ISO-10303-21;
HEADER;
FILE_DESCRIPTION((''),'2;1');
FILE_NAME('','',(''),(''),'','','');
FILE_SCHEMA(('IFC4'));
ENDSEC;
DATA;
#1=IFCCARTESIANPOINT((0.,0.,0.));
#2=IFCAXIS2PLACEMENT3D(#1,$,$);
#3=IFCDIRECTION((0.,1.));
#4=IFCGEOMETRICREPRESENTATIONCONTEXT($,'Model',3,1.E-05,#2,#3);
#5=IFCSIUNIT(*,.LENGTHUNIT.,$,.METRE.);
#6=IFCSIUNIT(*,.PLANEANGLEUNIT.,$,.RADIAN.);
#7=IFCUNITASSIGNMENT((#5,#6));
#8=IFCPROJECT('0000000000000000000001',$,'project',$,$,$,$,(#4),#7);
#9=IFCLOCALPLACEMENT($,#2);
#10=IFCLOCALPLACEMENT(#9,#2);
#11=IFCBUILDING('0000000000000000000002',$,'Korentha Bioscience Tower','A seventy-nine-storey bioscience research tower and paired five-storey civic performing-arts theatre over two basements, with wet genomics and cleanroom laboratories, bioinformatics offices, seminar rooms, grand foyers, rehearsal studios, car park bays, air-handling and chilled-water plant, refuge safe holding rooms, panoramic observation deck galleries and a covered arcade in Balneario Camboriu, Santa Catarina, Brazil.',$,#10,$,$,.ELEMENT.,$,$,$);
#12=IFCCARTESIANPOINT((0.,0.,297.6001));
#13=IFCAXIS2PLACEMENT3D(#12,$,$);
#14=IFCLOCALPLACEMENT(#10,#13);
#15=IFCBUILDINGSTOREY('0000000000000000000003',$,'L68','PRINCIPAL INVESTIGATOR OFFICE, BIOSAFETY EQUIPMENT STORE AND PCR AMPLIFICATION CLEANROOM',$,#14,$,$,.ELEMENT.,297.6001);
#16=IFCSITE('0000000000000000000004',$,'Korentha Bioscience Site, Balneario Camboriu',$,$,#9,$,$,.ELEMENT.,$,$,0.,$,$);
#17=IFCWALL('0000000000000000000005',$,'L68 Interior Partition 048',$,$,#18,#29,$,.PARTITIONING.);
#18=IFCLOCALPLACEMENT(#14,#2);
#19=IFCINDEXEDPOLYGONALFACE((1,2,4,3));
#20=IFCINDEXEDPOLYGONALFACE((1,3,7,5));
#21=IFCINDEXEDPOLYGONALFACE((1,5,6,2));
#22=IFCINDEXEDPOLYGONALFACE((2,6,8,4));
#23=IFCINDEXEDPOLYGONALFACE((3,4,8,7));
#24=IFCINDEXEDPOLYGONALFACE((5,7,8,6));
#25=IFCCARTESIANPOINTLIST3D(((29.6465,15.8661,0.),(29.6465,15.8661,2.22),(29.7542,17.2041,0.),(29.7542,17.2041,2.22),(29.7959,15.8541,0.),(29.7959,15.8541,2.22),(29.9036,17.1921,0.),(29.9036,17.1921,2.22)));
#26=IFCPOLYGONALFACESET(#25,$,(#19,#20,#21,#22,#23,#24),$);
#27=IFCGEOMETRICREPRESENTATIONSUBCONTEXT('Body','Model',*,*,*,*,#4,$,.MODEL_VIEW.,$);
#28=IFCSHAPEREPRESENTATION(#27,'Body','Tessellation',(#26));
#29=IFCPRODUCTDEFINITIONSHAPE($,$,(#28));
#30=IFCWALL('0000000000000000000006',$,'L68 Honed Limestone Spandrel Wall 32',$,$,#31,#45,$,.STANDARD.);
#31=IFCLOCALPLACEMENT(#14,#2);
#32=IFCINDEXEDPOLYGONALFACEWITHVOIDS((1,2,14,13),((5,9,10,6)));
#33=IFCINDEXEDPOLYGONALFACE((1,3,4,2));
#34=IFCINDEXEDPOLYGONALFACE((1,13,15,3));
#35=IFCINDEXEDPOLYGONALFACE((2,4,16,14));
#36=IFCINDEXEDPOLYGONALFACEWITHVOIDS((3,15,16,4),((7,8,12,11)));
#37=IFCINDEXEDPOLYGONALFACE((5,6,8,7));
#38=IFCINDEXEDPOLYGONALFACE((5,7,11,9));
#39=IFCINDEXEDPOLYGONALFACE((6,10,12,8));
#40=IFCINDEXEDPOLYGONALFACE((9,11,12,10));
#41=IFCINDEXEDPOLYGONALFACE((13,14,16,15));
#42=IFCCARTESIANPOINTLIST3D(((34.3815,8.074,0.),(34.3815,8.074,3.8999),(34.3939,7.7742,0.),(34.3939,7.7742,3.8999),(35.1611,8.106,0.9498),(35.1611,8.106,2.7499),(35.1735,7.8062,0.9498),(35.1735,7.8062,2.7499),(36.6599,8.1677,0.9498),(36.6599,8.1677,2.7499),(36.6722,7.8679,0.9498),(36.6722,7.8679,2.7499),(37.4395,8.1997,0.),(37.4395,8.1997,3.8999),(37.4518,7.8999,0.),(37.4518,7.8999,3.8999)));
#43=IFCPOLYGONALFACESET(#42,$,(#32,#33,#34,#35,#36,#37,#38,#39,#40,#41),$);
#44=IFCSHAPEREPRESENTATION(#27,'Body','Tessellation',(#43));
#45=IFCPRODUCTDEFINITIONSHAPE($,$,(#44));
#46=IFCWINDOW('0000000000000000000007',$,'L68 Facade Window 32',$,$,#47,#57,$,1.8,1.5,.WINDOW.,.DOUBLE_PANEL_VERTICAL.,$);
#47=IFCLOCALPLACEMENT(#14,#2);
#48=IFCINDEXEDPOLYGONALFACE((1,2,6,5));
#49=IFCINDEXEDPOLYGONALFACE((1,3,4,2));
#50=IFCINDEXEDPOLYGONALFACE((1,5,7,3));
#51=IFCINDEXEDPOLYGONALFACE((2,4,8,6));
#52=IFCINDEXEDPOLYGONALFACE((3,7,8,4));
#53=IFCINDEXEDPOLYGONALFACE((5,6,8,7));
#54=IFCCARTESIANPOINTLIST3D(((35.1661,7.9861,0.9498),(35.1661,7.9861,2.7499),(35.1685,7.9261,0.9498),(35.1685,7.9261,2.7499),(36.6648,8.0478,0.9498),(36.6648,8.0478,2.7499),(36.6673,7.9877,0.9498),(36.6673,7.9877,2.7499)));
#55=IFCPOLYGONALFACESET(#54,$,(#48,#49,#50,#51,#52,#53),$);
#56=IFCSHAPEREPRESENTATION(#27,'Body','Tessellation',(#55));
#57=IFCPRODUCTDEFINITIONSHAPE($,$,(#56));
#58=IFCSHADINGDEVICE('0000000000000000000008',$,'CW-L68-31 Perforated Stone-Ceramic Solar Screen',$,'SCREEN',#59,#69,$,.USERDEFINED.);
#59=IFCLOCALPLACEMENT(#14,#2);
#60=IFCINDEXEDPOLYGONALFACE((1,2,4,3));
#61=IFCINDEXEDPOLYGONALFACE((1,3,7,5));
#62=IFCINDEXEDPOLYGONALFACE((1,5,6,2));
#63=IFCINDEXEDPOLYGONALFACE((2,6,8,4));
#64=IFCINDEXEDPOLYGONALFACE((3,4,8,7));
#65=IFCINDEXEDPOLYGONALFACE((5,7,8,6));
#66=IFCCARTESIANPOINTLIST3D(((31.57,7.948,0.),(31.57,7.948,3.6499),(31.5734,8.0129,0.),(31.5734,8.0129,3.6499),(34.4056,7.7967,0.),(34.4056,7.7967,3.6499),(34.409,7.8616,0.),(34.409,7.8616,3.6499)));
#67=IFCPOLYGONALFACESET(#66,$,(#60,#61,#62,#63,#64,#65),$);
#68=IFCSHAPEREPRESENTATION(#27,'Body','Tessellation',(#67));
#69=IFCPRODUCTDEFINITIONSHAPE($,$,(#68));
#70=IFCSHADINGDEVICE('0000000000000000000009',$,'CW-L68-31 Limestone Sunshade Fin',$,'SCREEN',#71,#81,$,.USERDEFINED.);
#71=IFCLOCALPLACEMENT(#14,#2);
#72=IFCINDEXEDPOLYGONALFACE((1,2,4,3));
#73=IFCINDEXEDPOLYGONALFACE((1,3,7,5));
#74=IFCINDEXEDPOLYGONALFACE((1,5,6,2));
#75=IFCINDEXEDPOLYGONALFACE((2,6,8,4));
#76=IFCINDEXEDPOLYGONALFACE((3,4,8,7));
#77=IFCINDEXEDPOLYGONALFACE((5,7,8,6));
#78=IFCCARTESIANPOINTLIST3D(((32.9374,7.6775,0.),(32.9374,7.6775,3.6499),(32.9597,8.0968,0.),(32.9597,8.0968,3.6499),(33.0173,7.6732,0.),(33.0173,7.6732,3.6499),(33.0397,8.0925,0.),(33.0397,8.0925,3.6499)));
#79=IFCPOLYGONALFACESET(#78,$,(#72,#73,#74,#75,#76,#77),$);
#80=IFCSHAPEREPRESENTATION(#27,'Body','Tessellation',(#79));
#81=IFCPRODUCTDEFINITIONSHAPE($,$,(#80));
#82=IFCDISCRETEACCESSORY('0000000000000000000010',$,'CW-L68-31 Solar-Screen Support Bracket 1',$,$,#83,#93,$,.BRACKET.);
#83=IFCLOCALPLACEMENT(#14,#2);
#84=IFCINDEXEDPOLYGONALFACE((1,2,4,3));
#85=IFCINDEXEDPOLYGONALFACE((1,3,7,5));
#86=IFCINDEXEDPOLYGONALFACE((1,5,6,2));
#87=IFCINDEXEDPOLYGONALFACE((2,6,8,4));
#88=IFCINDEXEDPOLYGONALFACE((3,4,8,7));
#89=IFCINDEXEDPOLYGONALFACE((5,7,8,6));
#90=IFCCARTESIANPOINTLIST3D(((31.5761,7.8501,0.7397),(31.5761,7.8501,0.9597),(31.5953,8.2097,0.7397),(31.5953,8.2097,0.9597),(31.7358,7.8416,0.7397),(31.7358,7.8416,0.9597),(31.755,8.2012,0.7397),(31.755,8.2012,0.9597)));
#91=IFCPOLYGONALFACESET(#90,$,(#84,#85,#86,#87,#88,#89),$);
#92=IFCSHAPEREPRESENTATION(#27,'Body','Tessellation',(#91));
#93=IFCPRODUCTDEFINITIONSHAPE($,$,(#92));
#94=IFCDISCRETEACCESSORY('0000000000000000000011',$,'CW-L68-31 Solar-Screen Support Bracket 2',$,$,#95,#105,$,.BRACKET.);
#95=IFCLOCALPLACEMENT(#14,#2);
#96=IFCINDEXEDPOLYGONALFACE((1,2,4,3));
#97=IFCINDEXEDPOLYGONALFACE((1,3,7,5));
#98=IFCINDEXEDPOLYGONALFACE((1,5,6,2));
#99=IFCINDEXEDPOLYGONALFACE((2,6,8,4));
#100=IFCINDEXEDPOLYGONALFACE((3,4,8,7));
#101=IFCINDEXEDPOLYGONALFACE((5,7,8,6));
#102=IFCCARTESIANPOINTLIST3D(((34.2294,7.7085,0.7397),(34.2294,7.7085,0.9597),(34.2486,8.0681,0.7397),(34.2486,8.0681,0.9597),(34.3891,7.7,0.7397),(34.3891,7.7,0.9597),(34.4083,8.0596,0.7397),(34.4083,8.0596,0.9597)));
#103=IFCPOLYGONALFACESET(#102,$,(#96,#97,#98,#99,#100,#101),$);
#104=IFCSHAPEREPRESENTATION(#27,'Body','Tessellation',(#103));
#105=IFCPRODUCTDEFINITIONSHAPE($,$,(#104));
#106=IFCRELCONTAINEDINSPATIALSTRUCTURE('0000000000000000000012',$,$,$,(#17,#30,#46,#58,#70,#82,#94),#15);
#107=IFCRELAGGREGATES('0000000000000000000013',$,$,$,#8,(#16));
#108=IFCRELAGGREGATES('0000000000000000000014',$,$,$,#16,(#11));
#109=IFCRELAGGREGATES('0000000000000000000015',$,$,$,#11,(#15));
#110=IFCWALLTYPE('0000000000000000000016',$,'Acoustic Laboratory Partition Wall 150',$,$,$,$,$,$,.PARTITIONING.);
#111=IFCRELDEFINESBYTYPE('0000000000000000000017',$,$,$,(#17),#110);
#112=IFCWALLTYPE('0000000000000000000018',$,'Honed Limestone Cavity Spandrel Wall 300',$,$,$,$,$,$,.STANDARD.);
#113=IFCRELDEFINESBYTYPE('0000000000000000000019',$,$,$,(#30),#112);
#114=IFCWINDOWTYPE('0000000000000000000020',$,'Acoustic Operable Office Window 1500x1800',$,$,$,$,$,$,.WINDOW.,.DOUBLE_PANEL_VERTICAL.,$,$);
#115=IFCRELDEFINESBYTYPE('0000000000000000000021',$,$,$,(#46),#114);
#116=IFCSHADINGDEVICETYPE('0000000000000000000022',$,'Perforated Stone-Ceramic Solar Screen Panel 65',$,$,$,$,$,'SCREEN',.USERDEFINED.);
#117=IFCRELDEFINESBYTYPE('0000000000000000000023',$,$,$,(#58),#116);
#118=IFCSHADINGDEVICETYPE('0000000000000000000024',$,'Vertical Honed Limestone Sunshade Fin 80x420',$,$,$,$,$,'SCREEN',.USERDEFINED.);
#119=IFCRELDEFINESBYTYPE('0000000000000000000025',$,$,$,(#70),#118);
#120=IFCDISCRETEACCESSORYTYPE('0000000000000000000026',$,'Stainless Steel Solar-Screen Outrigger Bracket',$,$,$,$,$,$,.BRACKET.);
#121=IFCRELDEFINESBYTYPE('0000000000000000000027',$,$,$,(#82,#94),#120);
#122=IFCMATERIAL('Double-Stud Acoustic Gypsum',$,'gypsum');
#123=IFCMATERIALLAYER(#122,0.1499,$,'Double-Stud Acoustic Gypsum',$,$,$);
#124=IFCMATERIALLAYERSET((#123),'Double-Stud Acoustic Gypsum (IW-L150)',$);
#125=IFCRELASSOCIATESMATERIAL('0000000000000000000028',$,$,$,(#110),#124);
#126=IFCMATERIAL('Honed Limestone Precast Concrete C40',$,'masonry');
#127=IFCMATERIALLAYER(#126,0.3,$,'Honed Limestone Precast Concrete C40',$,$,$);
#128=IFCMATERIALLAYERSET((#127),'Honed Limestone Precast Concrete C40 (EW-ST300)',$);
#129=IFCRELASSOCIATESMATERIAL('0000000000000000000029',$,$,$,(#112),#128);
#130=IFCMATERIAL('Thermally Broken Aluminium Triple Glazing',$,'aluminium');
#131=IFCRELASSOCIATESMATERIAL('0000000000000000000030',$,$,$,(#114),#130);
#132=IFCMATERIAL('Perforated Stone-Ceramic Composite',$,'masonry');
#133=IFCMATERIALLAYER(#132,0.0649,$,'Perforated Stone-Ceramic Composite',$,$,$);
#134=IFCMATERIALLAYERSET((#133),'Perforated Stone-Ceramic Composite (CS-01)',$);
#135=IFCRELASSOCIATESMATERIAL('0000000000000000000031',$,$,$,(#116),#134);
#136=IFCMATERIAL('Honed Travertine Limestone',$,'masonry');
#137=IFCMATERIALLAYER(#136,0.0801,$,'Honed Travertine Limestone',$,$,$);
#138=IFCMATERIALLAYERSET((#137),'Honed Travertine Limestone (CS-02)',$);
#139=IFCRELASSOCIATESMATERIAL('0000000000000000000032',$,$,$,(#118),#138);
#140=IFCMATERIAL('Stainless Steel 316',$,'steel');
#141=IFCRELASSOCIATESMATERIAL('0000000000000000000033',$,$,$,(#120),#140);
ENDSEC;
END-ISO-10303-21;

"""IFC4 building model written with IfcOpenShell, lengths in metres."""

from ifc_helpers import new_model, si_unit, direction, frame, frame_2d, origin, origin_2d, place, context, subcontext, project, spatial, rectangle, extrude, material, layer, layer_set, type_object, element, fill, save


model = new_model("IFC4")

# Units and contexts
model_context = context("Model", 3, precision=1e-05, world=origin(), true_north=direction((0.0, 1.0)))
body_context = subcontext(model_context, "Body", "Model", "MODEL_VIEW")
ifc_project = project(units=[si_unit("LENGTHUNIT", "METRE"), si_unit("PLANEANGLEUNIT", "RADIAN")], contexts=[model_context])

# Site, building, storey
site_placement = place(None, origin())
site = spatial("IfcSite", under=ifc_project, at=site_placement, Name="Korentha Bioscience Site, Balneario Camboriu", CompositionType="ELEMENT", RefElevation=0.0)
building_placement = place(site_placement, origin())
building = spatial("IfcBuilding", under=site, at=building_placement, Name="Korentha Bioscience Tower", Description="A seventy-nine-storey bioscience research tower and paired five-storey civic performing-arts theatre over two basements, with wet genomics and cleanroom laboratories, bioinformatics offices, seminar rooms, grand foyers, rehearsal studios, car park bays, air-handling and chilled-water plant, refuge safe holding rooms, panoramic observation deck galleries and a covered arcade in Balneario Camboriu, Santa Catarina, Brazil.", CompositionType="ELEMENT")
storey_placement = place(building_placement, frame((0.0, 0.0, 297.6001)))
storey = spatial("IfcBuildingStorey", under=building, at=storey_placement, Name="L68", Description="PRINCIPAL INVESTIGATOR OFFICE, BIOSAFETY EQUIPMENT STORE AND PCR AMPLIFICATION CLEANROOM", CompositionType="ELEMENT", Elevation=297.6001)

# Shared definitions
ifc_material_1 = material(Name="Double-Stud Acoustic Gypsum", Category="gypsum")
ifc_layer_1 = layer(ifc_material_1, 0.1499, Name="Double-Stud Acoustic Gypsum")
ifc_layer_set_1 = layer_set([ifc_layer_1], Name="Double-Stud Acoustic Gypsum (IW-L150)")
wall_type_1 = type_object("IfcWallType", Name="Acoustic Laboratory Partition Wall 150", PredefinedType="PARTITIONING", material=ifc_layer_set_1)

# Wall
wall_1_placement = place(storey_placement, frame((29.7212, 15.8601, 0.0), z_axis=(0.0, 0.0, 1.0), x_axis=(0.080215, 0.996778, 0.0)))
element("IfcWall", 1, at=wall_1_placement, inside=storey, type_object=wall_type_1, Name="L68 Interior Partition 048", PredefinedType="PARTITIONING", context=body_context, shape_type="SweptSolid", body=[
    extrude(rectangle(XDim=1.3423, YDim=0.1499, at=frame_2d((0.6711, 0.0))), origin(), (0.0, 0.0, 1.0), 2.22),
])

# Wall, opening, window
ifc_material_2 = material(Name="Honed Limestone Precast Concrete C40", Category="masonry")
ifc_layer_2 = layer(ifc_material_2, 0.3, Name="Honed Limestone Precast Concrete C40")
ifc_layer_set_2 = layer_set([ifc_layer_2], Name="Honed Limestone Precast Concrete C40 (EW-ST300)")
wall_type_2 = type_object("IfcWallType", Name="Honed Limestone Cavity Spandrel Wall 300", PredefinedType="STANDARD", material=ifc_layer_set_2)
wall_2_placement = place(storey_placement, frame((34.3877, 7.9241, 0.0), z_axis=(0.0, 0.0, 1.0), x_axis=(0.999156, 0.041083, 0.0)))
wall_2 = element("IfcWall", 2, at=wall_2_placement, inside=storey, type_object=wall_type_2, Name="L68 Honed Limestone Spandrel Wall 32", PredefinedType="STANDARD", context=body_context, shape_type="SweptSolid", body=[
    extrude(rectangle(XDim=3.0605, YDim=0.3, at=frame_2d((1.5303, 0.0))), origin(), (0.0, 0.0, 1.0), 3.8999),
])
opening_1_placement = place(wall_2_placement, frame((0.7803, 0.0, 0.95)))
opening_1 = element("IfcOpeningElement", 3, at=opening_1_placement, cuts=wall_2, PredefinedType="OPENING", context=body_context, shape_type="SweptSolid", body=[
    extrude(rectangle(XDim=1.5, YDim=1.8, at=frame_2d((0.75, 0.8999))), frame((0.0, 0.165, 0.0), z_axis=(0.0, -1.0, 0.0), x_axis=(1.0, 0.0, 0.0)), (0.0, 0.0, 1.0), 0.3298),
])
ifc_material_3 = material(Name="Thermally Broken Aluminium Triple Glazing", Category="aluminium")
window_type = type_object("IfcWindowType", Name="Acoustic Operable Office Window 1500x1800", PartitioningType="DOUBLE_PANEL_VERTICAL", PredefinedType="WINDOW", material=ifc_material_3)
window_placement = place(opening_1_placement, origin())
window = element("IfcWindow", 4, at=window_placement, inside=storey, type_object=window_type, Name="L68 Facade Window 32", OverallHeight=1.8, OverallWidth=1.5, PartitioningType="DOUBLE_PANEL_VERTICAL", PredefinedType="WINDOW", context=body_context, shape_type="SweptSolid", body=[
    extrude(rectangle(XDim=1.5, YDim=1.8, at=frame_2d((0.75, 0.8999))), frame((0.0, 0.03, 0.0), z_axis=(0.0, -1.0, 0.0), x_axis=(1.0, 0.0, 0.0)), (0.0, 0.0, 1.0), 0.0601),
])
fill(opening_1, window)

# Shading devices
ifc_material_4 = material(Name="Perforated Stone-Ceramic Composite", Category="masonry")
ifc_layer_3 = layer(ifc_material_4, 0.0649, Name="Perforated Stone-Ceramic Composite")
ifc_layer_set_3 = layer_set([ifc_layer_3], Name="Perforated Stone-Ceramic Composite (CS-01)")
shading_device_type_1 = type_object("IfcShadingDeviceType", Name="Perforated Stone-Ceramic Solar Screen Panel 65", ElementType="SCREEN", PredefinedType="USERDEFINED", material=ifc_layer_set_3)
shading_device_1_placement = place(storey_placement, frame((32.9895, 7.9048, 0.0), z_axis=(0.0, 0.0, 1.0), x_axis=(0.998579, -0.053285, 0.0)))
element("IfcShadingDevice", 5, at=shading_device_1_placement, inside=storey, type_object=shading_device_type_1, Name="CW-L68-31 Perforated Stone-Ceramic Solar Screen", ObjectType="SCREEN", PredefinedType="USERDEFINED", context=body_context, shape_type="SweptSolid", body=[
    extrude(rectangle(XDim=2.8396, YDim=0.0649, at=origin_2d()), origin(), (0.0, 0.0, 1.0), 3.6499),
])
ifc_material_5 = material(Name="Honed Travertine Limestone", Category="masonry")
ifc_layer_4 = layer(ifc_material_5, 0.0801, Name="Honed Travertine Limestone")
ifc_layer_set_4 = layer_set([ifc_layer_4], Name="Honed Travertine Limestone (CS-02)")
shading_device_type_2 = type_object("IfcShadingDeviceType", Name="Vertical Honed Limestone Sunshade Fin 80x420", ElementType="SCREEN", PredefinedType="USERDEFINED", material=ifc_layer_set_4)
shading_device_2_placement = place(storey_placement, frame((32.9885, 7.885, 0.0), z_axis=(0.0, 0.0, 1.0), x_axis=(0.998579, -0.053285, 0.0)))
element("IfcShadingDevice", 6, at=shading_device_2_placement, inside=storey, type_object=shading_device_type_2, Name="CW-L68-31 Limestone Sunshade Fin", ObjectType="SCREEN", PredefinedType="USERDEFINED", context=body_context, shape_type="SweptSolid", body=[
    extrude(rectangle(XDim=0.0801, YDim=0.4199, at=origin_2d()), origin(), (0.0, 0.0, 1.0), 3.6499),
])

# Discrete accessories
ifc_material_6 = material(Name="Stainless Steel 316", Category="steel")
discrete_accessory_type = type_object("IfcDiscreteAccessoryType", Name="Stainless Steel Solar-Screen Outrigger Bracket", PredefinedType="BRACKET", material=ifc_material_6)
for number, where, z_axis, x_axis, name in (
    (7, (31.6655, 8.0256, 0.7397), (0.0, 0.0, 1.0), (0.998579, -0.053285, 0.0), "CW-L68-31 Solar-Screen Support Bracket 1"),
    (8, (34.3188, 7.884, 0.7397), (0.0, 0.0, 1.0), (0.998579, -0.053285, 0.0), "CW-L68-31 Solar-Screen Support Bracket 2"),
):
    element("IfcDiscreteAccessory", number, at=place(storey_placement, frame(where, z_axis=z_axis, x_axis=x_axis)), inside=storey, type_object=discrete_accessory_type, Name=name, PredefinedType="BRACKET", context=body_context, shape_type="SweptSolid", body=[
        extrude(rectangle(XDim=0.1599, YDim=0.3601, at=origin_2d()), origin(), (0.0, 0.0, 1.0), 0.22),
    ])

save(model, "model.ifc")
